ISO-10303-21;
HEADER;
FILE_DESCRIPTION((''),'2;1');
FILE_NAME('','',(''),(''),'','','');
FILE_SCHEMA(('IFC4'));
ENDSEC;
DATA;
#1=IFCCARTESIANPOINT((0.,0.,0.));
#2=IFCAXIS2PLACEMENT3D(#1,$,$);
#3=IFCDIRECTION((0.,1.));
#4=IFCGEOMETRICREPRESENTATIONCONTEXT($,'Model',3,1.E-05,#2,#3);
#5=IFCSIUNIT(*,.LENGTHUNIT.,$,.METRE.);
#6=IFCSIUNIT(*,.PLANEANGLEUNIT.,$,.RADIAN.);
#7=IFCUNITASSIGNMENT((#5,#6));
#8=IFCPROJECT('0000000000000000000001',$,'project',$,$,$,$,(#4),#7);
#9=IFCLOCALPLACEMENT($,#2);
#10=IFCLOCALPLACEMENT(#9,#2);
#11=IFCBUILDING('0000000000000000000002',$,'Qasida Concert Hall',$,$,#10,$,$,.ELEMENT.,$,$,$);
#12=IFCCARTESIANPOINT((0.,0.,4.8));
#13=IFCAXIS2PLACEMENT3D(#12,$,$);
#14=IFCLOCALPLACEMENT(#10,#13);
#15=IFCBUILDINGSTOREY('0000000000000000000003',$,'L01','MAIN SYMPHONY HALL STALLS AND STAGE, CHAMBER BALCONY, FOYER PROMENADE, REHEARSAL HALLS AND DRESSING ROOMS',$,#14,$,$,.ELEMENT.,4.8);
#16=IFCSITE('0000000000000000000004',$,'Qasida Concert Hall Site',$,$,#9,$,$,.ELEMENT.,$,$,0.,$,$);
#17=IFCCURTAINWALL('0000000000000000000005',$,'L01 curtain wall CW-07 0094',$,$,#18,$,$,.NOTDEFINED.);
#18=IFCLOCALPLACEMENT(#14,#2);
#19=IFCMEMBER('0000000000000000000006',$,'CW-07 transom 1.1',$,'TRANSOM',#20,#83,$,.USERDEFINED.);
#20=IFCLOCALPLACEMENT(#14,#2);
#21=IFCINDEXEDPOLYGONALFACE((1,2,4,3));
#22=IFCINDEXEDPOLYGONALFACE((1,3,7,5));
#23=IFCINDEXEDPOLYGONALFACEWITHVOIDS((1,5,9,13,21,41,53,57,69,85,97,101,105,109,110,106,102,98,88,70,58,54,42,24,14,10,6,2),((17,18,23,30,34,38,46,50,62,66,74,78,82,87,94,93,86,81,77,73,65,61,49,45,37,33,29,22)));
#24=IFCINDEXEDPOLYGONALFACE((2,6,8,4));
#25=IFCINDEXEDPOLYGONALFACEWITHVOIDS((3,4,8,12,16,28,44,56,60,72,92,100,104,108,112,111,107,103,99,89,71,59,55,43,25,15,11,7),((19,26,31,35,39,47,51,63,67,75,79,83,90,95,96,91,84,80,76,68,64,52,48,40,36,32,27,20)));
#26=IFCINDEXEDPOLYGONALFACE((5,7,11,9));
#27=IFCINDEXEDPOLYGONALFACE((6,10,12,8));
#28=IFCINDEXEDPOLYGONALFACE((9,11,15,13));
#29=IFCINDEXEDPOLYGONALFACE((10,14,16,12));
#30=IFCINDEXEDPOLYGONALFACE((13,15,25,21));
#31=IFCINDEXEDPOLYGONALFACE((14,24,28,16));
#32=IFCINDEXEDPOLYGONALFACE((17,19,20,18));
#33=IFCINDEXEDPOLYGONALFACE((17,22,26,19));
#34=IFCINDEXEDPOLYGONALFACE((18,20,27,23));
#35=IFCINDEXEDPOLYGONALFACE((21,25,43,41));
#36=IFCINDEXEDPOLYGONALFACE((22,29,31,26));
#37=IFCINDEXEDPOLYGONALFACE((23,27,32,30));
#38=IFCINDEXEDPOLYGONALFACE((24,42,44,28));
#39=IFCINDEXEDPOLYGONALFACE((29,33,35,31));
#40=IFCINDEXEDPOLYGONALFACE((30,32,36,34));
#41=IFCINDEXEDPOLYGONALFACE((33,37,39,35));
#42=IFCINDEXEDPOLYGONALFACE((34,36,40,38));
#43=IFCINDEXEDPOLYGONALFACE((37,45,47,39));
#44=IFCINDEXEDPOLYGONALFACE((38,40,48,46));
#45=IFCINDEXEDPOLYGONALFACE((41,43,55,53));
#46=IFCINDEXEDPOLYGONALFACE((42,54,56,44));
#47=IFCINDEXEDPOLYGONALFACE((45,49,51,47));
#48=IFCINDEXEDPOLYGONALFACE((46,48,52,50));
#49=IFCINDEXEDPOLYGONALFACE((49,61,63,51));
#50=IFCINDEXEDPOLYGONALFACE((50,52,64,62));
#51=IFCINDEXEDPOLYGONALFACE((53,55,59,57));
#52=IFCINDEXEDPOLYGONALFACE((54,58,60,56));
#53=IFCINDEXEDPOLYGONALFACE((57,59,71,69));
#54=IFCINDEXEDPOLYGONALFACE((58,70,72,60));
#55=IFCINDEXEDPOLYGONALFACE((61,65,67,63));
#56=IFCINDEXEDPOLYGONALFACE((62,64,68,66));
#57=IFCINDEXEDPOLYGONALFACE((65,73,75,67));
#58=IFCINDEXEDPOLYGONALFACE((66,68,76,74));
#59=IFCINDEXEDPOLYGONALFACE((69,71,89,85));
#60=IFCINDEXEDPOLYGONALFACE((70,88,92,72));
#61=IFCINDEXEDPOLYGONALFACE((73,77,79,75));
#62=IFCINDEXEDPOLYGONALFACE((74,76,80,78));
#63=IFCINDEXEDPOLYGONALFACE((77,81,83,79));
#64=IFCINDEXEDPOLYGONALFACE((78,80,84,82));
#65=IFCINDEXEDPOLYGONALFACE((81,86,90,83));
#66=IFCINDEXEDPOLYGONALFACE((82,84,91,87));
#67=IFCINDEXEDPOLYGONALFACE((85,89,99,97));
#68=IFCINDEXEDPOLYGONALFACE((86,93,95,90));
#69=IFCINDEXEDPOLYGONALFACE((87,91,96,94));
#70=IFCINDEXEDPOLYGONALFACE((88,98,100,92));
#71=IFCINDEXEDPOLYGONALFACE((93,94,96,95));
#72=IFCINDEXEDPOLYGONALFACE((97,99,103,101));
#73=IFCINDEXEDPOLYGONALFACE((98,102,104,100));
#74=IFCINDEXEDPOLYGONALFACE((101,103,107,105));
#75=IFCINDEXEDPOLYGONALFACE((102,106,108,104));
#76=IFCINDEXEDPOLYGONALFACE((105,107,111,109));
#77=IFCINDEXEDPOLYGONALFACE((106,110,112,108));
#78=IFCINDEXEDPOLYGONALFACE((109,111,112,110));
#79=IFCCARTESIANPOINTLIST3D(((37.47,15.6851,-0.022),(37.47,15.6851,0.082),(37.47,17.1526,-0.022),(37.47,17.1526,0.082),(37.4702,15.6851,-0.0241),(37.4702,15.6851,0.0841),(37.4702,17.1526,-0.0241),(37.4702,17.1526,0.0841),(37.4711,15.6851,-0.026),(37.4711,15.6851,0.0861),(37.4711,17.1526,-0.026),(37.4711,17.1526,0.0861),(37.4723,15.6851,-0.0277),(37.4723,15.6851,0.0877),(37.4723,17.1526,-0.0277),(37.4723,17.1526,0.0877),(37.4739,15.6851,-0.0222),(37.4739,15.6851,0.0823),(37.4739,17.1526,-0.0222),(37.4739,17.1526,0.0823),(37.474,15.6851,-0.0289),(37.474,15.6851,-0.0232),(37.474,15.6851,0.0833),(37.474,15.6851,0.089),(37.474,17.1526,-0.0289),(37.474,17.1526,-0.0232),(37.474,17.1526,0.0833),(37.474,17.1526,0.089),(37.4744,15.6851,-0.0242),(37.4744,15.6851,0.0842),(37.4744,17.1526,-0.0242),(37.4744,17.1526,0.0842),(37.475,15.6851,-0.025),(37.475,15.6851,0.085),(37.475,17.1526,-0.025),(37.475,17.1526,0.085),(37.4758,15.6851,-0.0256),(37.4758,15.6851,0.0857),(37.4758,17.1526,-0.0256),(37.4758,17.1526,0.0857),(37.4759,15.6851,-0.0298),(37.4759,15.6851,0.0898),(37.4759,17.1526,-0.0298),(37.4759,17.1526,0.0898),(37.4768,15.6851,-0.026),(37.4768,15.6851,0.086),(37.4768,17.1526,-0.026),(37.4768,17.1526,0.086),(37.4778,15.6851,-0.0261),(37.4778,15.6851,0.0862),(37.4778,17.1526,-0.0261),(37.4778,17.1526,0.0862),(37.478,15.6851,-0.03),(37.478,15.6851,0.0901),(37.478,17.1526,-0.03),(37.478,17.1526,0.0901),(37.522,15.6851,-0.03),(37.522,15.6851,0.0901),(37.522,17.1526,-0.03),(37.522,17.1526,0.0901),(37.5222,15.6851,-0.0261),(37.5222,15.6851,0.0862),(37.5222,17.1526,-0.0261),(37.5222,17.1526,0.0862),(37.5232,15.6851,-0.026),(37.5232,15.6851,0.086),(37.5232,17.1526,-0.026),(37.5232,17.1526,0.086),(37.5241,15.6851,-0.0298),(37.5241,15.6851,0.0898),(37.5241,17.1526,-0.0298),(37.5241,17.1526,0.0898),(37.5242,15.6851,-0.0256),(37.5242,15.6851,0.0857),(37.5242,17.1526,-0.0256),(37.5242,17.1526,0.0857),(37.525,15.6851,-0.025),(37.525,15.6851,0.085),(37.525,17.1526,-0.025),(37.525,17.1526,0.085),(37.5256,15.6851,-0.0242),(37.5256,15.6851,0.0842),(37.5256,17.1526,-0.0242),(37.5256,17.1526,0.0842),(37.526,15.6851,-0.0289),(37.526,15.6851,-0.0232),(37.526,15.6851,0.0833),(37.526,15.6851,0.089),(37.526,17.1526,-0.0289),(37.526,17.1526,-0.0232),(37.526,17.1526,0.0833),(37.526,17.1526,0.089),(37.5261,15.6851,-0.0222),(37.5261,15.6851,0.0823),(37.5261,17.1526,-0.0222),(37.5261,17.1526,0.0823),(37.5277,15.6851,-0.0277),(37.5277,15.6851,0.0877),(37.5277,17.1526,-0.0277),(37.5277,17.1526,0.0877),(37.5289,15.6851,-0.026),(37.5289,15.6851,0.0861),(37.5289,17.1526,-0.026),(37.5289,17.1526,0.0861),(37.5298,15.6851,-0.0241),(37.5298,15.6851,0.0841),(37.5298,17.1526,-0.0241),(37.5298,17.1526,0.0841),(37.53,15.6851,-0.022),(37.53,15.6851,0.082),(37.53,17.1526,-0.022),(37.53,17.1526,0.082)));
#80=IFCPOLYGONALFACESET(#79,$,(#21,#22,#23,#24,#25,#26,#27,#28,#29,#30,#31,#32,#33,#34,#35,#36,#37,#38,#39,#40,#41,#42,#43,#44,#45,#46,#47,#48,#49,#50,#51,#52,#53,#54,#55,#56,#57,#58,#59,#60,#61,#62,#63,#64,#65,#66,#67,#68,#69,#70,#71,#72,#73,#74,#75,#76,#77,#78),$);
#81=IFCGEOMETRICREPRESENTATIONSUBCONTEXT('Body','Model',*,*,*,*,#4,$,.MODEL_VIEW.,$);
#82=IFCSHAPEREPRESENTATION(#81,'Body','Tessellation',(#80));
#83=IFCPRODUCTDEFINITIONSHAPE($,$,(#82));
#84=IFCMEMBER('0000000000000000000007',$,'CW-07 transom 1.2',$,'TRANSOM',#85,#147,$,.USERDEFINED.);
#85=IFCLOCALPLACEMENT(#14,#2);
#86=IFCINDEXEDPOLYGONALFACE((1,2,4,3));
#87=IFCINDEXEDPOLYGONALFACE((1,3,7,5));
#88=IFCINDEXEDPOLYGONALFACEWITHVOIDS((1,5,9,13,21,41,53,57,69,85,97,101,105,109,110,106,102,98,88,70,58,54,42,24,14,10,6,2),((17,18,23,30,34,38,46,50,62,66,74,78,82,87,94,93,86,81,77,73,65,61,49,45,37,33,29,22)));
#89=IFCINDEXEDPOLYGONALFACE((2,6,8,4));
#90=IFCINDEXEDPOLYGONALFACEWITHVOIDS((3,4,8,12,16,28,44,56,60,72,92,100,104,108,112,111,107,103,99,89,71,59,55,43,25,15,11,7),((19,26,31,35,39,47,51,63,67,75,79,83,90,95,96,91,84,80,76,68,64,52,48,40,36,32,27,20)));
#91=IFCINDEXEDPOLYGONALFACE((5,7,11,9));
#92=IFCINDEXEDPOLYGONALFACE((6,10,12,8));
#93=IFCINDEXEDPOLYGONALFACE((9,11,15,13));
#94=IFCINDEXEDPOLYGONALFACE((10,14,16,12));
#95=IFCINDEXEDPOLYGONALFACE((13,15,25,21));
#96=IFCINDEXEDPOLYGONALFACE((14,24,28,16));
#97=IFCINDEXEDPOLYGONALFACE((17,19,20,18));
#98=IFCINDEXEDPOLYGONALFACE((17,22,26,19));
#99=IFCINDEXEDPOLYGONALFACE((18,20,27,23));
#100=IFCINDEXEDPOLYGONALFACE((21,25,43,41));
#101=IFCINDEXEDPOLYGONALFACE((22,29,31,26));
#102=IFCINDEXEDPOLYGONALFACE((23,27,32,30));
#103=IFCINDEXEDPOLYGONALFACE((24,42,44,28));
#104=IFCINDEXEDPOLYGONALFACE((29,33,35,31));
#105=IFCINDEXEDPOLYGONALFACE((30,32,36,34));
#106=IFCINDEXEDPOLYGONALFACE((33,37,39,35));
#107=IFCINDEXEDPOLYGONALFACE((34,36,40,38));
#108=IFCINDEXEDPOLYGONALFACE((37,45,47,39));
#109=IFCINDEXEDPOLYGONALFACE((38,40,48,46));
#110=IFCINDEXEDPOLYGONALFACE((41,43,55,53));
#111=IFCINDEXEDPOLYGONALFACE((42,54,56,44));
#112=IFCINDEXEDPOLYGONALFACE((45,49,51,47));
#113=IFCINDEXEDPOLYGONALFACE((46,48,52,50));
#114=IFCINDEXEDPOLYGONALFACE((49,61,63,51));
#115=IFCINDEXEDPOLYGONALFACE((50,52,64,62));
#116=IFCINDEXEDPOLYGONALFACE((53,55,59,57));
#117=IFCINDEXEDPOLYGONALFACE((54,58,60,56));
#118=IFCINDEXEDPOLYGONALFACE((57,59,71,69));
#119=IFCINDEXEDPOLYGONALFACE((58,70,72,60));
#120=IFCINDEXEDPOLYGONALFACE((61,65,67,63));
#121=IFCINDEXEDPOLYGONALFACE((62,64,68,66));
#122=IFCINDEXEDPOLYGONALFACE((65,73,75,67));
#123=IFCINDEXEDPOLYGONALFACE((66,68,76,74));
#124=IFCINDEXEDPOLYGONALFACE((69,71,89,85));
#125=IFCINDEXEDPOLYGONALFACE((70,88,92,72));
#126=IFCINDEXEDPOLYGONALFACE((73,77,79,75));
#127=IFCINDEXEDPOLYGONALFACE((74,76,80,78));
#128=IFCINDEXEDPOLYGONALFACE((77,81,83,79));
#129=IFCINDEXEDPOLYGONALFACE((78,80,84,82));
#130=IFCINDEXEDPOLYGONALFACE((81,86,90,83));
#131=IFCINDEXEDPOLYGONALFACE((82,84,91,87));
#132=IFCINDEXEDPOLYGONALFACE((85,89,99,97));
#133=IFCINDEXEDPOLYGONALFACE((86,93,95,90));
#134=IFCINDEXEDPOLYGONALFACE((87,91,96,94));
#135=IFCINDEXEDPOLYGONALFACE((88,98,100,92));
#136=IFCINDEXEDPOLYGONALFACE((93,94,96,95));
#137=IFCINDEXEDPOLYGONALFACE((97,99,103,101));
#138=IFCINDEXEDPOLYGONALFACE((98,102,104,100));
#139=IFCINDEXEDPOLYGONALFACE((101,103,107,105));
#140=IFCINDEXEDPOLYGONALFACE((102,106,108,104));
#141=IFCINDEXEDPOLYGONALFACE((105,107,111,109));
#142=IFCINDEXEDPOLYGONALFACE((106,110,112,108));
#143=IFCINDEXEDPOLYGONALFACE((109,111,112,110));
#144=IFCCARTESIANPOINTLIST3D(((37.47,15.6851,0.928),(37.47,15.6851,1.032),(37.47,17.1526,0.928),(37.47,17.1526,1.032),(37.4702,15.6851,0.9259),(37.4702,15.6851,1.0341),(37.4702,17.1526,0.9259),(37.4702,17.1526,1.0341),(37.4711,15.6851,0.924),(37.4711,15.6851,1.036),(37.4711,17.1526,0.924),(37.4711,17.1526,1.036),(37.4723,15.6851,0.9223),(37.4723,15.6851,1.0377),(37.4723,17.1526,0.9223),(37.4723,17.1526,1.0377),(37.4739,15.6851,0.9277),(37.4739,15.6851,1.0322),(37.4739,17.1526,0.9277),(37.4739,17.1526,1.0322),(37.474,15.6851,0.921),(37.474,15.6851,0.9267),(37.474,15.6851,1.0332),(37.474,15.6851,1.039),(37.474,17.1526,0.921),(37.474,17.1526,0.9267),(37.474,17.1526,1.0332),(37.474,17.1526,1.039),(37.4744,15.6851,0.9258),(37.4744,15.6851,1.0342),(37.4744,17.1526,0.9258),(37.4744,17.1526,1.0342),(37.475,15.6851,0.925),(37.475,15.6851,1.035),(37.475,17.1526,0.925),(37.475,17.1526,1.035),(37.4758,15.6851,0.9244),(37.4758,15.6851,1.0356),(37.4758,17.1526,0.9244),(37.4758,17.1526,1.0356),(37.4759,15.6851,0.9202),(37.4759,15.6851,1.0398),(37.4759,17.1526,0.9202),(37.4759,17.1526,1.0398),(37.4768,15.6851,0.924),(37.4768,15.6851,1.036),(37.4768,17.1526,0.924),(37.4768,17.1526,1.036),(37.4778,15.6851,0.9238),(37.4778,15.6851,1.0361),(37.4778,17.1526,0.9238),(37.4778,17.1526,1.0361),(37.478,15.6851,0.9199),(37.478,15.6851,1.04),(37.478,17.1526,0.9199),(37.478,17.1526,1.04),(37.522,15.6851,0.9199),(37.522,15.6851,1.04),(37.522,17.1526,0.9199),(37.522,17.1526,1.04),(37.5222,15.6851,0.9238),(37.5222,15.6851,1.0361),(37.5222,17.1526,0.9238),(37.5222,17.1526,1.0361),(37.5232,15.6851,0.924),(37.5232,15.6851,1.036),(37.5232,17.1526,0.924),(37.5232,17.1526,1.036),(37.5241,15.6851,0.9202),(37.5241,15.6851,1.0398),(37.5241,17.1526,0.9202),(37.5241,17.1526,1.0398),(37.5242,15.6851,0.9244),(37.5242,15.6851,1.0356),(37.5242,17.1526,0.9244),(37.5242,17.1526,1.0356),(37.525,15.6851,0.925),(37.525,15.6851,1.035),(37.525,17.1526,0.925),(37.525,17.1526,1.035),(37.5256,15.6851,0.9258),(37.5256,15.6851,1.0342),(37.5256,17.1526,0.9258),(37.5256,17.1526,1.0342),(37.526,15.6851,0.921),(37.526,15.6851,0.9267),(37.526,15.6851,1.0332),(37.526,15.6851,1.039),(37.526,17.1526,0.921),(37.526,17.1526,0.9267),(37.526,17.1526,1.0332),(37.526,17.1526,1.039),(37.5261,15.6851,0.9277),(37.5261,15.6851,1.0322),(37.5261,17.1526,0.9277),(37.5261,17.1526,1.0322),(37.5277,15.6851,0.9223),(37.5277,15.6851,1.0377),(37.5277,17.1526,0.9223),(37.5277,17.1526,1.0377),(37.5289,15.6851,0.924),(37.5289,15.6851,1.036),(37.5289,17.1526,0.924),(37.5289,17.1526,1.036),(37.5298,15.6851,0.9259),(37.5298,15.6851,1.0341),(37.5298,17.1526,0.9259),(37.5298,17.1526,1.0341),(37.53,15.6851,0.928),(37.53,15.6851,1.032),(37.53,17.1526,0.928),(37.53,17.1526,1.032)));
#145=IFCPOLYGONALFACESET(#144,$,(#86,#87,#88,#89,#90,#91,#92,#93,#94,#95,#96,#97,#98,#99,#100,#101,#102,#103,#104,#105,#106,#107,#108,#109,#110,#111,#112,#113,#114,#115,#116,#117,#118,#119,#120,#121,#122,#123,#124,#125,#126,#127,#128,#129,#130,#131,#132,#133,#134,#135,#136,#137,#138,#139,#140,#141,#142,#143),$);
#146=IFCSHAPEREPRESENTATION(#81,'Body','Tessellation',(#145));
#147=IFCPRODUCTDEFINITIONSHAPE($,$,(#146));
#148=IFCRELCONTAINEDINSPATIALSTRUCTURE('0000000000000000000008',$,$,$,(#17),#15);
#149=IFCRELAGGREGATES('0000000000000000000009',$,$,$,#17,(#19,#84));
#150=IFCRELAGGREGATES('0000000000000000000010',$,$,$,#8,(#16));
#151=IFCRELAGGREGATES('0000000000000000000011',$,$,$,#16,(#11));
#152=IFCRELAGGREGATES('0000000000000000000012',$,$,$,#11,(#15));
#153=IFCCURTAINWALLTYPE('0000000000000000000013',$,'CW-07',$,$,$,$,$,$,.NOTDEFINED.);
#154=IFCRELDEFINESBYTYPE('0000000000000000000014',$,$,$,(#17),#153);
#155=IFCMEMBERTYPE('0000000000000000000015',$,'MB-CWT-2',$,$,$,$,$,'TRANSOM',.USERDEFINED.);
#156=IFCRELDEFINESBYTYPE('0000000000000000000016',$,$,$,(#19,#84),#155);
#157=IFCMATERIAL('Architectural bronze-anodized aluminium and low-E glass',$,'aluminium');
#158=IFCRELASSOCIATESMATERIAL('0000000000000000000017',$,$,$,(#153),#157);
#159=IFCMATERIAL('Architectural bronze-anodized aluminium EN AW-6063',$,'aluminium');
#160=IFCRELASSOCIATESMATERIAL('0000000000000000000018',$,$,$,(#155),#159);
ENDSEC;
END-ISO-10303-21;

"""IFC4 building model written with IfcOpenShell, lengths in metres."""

from ifc_helpers import new_model, si_unit, direction, frame, origin, origin_2d, place, context, subcontext, project, spatial, hollow_rectangle, extrude, material, material_profile, profile_set, type_object, element, aggregate, save


model = new_model("IFC4")

# Units and contexts
model_context = context("Model", 3, precision=1e-05, world=origin(), true_north=direction((0.0, 1.0)))
body_context = subcontext(model_context, "Body", "Model", "MODEL_VIEW")
ifc_project = project(units=[si_unit("LENGTHUNIT", "METRE"), si_unit("PLANEANGLEUNIT", "RADIAN")], contexts=[model_context])

# Site, building, storey
site_placement = place(None, origin())
site = spatial("IfcSite", under=ifc_project, at=site_placement, Name="Qasida Concert Hall Site", CompositionType="ELEMENT", RefElevation=0.0)
building_placement = place(site_placement, origin())
building = spatial("IfcBuilding", under=site, at=building_placement, Name="Qasida Concert Hall", CompositionType="ELEMENT")
storey_placement = place(building_placement, frame((0.0, 0.0, 4.8)))
storey = spatial("IfcBuildingStorey", under=building, at=storey_placement, Name="L01", Description="MAIN SYMPHONY HALL STALLS AND STAGE, CHAMBER BALCONY, FOYER PROMENADE, REHEARSAL HALLS AND DRESSING ROOMS", CompositionType="ELEMENT", Elevation=4.8)

# Shared definitions
ifc_material_1 = material(Name="Architectural bronze-anodized aluminium and low-E glass", Category="aluminium")
curtain_wall_type = type_object("IfcCurtainWallType", Name="CW-07", PredefinedType="NOTDEFINED", material=ifc_material_1)
ifc_material_2 = material(Name="Architectural bronze-anodized aluminium EN AW-6063", Category="aluminium")

# Curtain wall
curtain_wall_1_placement = place(storey_placement, origin())
curtain_wall_1 = element("IfcCurtainWall", 1, at=curtain_wall_1_placement, inside=storey, type_object=curtain_wall_type, Name="L01 curtain wall CW-07 0094", PredefinedType="NOTDEFINED")

# Members
ifc_material_profile_1 = material_profile(ifc_material_2, hollow_rectangle(XDim=0.0601, YDim=0.1201, WallThickness=0.0039, InnerFilletRadius=0.0039, OuterFilletRadius=0.0081, at=origin_2d()), Name="CWT 120x60x4")
ifc_profile_set_1 = profile_set([ifc_material_profile_1], Name="Architectural bronze-anodized aluminium EN AW-6063")
member_type_1 = type_object("IfcMemberType", Name="MB-CWT-2", ElementType="TRANSOM", PredefinedType="USERDEFINED", material=ifc_profile_set_1)
member_1_placement = place(storey_placement, frame((37.5, 15.6851, 0.03), z_axis=(0.0, 1.0, 0.0), x_axis=(-1.0, 0.0, 0.0)))
member_1 = element("IfcMember", 2, at=member_1_placement, type_object=member_type_1, Name="CW-07 transom 1.1", ObjectType="TRANSOM", PredefinedType="USERDEFINED", context=body_context, shape_type="SweptSolid", body=[
    extrude(hollow_rectangle(XDim=0.0601, YDim=0.1201, WallThickness=0.0039, InnerFilletRadius=0.0039, OuterFilletRadius=0.0081, at=origin_2d()), origin(), (0.0, 0.0, 1.0), 1.4675),
])
member_2_placement = place(storey_placement, frame((37.5, 15.6851, 0.98), z_axis=(0.0, 1.0, 0.0), x_axis=(-1.0, 0.0, 0.0)))
member_2 = element("IfcMember", 3, at=member_2_placement, type_object=member_type_1, Name="CW-07 transom 1.2", ObjectType="TRANSOM", PredefinedType="USERDEFINED", context=body_context, shape_type="SweptSolid", body=[
    extrude(hollow_rectangle(XDim=0.0601, YDim=0.1201, WallThickness=0.0039, InnerFilletRadius=0.0039, OuterFilletRadius=0.0081, at=origin_2d()), origin(), (0.0, 0.0, 1.0), 1.4675),
])
aggregate(curtain_wall_1, [member_1, member_2])

save(model, "model.ifc")
